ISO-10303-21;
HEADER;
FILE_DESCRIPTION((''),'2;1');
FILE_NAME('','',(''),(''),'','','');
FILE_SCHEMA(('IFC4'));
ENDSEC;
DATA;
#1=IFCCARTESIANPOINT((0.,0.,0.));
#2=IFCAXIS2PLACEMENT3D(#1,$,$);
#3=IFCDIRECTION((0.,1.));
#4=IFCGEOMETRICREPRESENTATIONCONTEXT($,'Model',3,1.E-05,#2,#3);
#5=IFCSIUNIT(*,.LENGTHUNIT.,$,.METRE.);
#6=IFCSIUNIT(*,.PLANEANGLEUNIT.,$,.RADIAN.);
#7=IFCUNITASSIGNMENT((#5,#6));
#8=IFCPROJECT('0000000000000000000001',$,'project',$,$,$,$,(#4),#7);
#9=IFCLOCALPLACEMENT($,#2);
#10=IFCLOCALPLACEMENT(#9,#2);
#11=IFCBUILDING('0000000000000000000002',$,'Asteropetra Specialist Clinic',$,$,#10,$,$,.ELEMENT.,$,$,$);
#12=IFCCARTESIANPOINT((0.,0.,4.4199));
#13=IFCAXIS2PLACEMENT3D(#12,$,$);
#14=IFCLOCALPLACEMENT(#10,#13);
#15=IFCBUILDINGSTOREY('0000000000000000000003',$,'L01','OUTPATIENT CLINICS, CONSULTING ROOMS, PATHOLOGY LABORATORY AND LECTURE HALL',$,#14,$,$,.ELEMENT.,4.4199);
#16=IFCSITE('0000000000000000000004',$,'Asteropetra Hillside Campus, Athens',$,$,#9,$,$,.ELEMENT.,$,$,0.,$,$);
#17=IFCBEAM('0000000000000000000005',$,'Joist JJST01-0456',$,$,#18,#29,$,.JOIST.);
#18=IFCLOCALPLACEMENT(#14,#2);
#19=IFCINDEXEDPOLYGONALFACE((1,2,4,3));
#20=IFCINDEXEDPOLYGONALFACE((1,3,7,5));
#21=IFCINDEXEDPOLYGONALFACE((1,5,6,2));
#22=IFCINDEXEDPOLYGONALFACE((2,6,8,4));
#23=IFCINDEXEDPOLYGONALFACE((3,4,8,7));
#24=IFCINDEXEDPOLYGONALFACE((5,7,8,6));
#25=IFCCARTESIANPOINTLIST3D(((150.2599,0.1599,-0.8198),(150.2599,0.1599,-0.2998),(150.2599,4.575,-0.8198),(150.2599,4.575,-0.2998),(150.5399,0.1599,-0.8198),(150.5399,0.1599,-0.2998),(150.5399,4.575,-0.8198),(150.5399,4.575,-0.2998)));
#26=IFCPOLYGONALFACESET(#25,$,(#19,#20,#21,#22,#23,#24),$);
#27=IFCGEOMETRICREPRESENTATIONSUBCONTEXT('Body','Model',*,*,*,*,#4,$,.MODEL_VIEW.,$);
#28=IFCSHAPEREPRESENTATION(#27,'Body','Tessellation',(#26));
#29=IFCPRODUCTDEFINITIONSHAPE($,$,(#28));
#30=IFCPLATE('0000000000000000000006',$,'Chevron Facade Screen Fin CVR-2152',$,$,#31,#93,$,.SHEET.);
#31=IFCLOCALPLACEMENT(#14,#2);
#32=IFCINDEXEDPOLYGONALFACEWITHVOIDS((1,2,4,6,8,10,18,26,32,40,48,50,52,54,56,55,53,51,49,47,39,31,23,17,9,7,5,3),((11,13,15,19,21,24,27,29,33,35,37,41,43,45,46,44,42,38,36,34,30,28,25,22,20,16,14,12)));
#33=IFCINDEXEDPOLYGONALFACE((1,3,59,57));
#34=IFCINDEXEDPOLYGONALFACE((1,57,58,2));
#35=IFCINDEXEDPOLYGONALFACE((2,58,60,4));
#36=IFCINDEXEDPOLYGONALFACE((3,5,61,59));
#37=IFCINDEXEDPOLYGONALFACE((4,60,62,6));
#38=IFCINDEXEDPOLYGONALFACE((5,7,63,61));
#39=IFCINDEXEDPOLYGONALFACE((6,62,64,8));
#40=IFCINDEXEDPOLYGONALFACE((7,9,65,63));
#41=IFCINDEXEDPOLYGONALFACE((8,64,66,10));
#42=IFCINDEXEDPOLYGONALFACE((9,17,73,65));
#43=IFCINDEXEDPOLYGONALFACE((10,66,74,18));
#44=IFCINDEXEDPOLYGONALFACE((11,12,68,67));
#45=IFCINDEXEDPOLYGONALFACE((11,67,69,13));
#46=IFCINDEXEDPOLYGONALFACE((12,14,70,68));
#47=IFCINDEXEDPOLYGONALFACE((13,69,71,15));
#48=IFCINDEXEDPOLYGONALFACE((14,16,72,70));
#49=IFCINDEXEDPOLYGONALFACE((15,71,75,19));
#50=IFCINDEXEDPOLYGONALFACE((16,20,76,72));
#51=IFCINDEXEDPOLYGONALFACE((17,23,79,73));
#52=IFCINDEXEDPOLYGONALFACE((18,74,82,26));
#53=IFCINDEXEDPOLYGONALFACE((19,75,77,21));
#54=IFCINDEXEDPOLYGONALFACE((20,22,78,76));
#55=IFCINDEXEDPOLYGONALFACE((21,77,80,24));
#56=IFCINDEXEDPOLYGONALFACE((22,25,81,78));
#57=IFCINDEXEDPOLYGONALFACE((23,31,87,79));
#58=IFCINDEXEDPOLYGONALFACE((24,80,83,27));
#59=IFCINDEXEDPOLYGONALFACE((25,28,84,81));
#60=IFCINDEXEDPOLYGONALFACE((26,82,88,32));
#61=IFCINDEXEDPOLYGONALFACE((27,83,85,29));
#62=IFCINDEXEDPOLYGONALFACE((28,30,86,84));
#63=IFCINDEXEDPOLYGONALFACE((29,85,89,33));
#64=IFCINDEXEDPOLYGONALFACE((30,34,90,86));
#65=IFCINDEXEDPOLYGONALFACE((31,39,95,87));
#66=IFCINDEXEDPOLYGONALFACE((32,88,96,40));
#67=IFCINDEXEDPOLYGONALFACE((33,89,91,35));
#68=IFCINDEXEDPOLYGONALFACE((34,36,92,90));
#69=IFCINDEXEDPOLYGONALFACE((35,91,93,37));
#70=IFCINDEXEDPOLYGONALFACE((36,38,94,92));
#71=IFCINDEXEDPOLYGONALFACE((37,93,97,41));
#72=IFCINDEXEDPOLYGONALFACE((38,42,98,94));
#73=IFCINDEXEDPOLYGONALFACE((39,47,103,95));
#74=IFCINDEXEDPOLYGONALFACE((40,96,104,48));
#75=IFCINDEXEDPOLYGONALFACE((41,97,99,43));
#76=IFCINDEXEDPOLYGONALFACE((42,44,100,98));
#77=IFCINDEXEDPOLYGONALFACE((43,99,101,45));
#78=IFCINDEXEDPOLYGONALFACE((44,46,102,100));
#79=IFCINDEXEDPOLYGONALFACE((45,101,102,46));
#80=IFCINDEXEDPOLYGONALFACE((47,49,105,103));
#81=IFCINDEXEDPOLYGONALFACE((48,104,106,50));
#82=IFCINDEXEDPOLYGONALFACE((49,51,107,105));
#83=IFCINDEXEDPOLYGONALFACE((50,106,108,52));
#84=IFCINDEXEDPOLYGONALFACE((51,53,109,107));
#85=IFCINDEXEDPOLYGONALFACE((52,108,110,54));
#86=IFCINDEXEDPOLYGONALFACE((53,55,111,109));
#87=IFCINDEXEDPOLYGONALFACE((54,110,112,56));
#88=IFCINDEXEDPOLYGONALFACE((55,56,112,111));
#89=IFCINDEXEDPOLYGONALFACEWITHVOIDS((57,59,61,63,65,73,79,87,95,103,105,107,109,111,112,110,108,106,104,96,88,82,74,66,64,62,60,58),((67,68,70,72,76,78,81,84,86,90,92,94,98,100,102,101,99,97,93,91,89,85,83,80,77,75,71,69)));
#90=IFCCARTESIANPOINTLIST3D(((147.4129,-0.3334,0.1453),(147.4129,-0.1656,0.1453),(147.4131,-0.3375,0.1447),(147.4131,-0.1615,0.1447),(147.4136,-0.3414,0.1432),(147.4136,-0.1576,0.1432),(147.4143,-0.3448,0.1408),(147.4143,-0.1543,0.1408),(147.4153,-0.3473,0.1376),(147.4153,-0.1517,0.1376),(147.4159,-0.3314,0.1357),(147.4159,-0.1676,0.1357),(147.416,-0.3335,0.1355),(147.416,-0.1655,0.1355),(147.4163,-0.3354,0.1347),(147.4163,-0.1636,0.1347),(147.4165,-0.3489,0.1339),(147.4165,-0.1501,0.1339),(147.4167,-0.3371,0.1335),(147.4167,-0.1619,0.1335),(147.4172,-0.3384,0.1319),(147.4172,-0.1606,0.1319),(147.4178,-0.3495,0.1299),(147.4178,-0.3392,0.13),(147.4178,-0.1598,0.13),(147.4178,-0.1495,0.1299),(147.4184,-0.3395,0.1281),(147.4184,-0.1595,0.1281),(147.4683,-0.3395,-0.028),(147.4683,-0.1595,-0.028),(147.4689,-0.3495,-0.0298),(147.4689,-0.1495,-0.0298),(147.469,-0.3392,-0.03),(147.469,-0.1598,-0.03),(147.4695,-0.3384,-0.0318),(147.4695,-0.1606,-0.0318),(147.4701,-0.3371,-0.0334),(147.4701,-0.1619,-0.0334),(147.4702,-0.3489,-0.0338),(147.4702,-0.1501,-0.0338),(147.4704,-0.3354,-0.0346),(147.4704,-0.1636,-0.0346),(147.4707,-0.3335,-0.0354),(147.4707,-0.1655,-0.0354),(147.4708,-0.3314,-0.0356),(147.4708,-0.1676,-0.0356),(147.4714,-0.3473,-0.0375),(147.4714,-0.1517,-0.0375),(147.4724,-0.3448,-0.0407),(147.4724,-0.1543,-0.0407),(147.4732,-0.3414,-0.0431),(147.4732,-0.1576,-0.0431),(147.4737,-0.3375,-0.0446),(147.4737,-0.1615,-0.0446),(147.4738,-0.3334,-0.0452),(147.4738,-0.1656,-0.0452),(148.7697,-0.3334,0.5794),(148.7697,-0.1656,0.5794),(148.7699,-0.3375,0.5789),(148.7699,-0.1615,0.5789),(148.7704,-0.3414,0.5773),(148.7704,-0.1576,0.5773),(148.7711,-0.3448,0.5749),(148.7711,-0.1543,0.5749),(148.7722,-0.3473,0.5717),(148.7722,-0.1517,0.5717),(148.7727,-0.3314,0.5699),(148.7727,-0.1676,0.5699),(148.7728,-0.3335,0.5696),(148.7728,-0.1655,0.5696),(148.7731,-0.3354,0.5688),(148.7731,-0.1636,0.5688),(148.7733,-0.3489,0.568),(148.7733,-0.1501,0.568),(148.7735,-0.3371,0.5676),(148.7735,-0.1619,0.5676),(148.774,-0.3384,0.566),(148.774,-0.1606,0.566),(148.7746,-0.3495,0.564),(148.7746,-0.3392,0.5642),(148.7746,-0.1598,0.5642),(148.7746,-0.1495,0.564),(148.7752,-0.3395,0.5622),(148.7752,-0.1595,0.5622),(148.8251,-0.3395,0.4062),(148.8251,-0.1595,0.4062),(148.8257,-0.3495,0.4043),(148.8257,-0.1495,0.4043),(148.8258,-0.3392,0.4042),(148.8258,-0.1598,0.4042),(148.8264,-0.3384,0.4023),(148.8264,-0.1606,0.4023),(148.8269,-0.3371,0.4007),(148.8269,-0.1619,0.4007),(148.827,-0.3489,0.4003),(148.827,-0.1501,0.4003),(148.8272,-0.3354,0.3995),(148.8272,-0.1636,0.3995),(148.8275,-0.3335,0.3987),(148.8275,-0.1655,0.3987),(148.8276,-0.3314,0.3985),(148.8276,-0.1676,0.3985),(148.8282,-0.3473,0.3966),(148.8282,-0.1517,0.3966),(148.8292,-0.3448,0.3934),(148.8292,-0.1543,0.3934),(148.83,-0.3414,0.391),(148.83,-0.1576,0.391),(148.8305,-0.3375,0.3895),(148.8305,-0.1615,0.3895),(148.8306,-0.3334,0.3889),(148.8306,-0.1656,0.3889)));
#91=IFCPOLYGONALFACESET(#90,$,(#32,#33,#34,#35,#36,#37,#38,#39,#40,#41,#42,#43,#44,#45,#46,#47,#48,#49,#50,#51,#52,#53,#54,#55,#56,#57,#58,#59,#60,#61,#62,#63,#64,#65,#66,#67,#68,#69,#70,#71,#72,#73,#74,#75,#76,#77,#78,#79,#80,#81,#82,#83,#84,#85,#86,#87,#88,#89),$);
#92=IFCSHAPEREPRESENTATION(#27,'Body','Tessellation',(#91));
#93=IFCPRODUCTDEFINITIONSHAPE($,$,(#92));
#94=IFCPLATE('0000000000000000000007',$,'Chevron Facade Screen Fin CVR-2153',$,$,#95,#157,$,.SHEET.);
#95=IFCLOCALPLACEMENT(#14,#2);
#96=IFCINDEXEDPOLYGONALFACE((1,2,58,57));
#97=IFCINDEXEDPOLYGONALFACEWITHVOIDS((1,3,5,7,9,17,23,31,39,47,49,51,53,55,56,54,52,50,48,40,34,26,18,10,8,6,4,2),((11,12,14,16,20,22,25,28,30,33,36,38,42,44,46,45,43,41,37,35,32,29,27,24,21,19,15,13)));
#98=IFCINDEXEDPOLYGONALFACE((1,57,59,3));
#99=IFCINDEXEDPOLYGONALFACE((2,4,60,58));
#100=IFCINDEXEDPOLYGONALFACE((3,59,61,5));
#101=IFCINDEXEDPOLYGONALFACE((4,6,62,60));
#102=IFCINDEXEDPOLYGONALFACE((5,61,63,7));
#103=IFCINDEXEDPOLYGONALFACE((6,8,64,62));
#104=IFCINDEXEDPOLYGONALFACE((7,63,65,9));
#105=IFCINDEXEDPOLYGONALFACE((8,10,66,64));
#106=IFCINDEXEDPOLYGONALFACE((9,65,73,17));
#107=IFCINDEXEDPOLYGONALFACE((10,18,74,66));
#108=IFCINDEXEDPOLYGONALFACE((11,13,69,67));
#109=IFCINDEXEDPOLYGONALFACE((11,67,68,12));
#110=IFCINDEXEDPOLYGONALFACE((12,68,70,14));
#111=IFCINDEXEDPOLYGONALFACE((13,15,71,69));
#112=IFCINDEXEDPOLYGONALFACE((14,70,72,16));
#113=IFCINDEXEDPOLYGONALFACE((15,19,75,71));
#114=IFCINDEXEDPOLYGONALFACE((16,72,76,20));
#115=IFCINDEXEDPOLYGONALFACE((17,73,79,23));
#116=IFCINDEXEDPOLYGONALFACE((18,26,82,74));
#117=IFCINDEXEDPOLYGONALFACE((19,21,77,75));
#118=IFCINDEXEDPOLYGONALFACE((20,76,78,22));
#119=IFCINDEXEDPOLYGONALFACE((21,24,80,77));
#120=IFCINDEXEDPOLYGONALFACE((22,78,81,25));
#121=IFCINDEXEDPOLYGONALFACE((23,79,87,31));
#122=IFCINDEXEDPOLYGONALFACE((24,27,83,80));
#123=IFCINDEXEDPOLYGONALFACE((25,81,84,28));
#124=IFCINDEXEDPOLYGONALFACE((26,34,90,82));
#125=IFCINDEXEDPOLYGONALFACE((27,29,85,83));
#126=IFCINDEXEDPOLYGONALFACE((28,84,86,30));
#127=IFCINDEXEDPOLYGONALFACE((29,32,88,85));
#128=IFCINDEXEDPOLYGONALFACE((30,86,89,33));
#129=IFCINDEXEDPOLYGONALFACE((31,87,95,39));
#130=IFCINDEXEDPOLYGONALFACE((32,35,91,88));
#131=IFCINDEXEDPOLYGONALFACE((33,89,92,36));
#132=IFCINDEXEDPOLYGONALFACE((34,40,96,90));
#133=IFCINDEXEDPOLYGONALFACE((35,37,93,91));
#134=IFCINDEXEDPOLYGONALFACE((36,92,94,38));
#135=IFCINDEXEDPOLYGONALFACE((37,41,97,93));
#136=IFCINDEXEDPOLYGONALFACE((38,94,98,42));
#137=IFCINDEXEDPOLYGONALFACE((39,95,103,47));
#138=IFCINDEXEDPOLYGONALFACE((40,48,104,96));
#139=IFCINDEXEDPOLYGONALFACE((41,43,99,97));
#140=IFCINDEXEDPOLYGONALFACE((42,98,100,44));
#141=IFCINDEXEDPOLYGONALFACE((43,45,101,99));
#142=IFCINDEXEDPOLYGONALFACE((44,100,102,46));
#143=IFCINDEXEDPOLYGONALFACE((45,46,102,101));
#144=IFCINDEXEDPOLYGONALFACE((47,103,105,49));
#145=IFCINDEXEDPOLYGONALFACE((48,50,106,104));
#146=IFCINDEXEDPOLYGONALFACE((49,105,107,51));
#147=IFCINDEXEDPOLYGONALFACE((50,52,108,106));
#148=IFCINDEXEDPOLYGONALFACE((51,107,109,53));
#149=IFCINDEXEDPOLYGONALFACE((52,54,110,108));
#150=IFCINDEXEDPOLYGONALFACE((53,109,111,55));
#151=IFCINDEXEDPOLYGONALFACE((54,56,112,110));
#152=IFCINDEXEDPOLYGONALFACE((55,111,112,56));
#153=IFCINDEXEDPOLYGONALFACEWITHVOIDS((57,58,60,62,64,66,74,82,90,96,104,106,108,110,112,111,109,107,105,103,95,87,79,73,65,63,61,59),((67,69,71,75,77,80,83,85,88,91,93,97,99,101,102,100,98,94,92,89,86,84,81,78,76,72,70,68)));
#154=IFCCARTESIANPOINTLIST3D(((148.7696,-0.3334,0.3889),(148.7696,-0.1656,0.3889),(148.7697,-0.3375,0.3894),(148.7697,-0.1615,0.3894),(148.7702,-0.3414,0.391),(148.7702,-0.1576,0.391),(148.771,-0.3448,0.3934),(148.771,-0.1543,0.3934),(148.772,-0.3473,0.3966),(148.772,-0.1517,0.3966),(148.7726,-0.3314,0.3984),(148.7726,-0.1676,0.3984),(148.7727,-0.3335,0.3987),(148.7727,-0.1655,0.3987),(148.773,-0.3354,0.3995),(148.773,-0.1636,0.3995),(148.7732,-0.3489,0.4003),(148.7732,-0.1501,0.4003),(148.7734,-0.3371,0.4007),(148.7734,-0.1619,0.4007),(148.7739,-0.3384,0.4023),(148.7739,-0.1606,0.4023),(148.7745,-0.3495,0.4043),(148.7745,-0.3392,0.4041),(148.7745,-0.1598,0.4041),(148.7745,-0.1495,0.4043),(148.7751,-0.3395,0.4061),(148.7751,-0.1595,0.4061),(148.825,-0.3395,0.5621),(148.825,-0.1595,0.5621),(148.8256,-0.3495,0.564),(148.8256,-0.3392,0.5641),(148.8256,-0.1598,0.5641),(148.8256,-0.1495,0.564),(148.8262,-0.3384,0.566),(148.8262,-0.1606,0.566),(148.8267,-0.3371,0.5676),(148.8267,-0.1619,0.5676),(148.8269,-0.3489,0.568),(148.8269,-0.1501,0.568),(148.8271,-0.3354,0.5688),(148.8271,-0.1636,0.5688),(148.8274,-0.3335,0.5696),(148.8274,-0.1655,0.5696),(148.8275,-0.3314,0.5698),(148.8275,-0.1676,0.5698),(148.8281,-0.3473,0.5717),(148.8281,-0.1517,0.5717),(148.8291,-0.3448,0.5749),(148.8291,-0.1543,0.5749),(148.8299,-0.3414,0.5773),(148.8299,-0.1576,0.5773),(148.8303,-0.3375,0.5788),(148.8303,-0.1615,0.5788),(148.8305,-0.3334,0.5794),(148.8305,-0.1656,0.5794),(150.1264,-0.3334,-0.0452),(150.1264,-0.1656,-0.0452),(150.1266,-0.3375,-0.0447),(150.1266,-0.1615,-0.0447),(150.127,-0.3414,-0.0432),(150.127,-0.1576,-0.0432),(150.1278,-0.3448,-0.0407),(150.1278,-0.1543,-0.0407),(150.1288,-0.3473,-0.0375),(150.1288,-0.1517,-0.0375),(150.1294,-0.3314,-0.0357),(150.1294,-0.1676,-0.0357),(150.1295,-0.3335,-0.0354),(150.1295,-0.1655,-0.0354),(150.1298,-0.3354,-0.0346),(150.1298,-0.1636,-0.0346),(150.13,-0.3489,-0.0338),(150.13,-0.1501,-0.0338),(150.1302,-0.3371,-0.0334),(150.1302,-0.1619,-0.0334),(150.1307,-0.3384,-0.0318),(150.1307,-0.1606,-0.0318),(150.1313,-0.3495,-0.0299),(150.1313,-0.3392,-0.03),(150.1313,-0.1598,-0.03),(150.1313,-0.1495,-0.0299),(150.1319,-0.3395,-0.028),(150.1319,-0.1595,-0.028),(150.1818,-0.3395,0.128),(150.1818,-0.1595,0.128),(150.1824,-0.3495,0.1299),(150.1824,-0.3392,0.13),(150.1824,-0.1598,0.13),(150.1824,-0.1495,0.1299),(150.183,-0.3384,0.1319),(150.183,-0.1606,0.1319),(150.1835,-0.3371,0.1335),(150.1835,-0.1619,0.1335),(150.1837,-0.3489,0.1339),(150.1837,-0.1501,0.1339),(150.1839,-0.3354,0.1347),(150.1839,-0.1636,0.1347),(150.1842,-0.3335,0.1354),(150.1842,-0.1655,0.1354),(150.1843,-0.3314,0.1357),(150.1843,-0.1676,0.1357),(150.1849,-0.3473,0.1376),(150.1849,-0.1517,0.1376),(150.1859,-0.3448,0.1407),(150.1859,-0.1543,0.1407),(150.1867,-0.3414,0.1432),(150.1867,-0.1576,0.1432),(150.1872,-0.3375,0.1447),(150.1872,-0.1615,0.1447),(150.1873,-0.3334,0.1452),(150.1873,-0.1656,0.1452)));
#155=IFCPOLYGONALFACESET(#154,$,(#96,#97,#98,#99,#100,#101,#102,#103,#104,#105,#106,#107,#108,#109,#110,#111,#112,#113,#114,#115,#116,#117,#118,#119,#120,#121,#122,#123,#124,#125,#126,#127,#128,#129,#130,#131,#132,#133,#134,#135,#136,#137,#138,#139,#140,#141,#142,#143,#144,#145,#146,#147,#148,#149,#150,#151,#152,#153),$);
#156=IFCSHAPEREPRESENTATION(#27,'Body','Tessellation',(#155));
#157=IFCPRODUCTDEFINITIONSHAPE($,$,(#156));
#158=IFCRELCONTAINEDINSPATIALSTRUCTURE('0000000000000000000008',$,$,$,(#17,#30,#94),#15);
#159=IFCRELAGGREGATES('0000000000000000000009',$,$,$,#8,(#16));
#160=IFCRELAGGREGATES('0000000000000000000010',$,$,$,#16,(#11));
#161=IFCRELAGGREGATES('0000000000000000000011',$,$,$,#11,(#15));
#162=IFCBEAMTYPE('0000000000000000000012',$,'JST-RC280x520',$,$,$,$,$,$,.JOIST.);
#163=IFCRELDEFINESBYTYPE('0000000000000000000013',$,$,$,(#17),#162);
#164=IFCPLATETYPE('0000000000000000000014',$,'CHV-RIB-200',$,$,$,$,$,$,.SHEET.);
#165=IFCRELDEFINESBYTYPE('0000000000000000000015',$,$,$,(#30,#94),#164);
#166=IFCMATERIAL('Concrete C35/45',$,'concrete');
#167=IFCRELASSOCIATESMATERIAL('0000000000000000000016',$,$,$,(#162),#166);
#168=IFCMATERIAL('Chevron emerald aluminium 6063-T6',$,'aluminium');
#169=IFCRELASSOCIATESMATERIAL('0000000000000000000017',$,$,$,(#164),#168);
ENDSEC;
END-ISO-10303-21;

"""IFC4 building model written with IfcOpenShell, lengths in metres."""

from ifc_helpers import new_model, si_unit, direction, frame, origin, origin_2d, place, context, subcontext, project, spatial, rectangle, hollow_rectangle, extrude, material, material_profile, profile_set, type_object, element, save


model = new_model("IFC4")

# Units and contexts
model_context = context("Model", 3, precision=1e-05, world=origin(), true_north=direction((0.0, 1.0)))
body_context = subcontext(model_context, "Body", "Model", "MODEL_VIEW")
ifc_project = project(units=[si_unit("LENGTHUNIT", "METRE"), si_unit("PLANEANGLEUNIT", "RADIAN")], contexts=[model_context])

# Site, building, storey
site_placement = place(None, origin())
site = spatial("IfcSite", under=ifc_project, at=site_placement, Name="Asteropetra Hillside Campus, Athens", CompositionType="ELEMENT", RefElevation=0.0)
building_placement = place(site_placement, origin())
building = spatial("IfcBuilding", under=site, at=building_placement, Name="Asteropetra Specialist Clinic", CompositionType="ELEMENT")
storey_placement = place(building_placement, frame((0.0, 0.0, 4.4199)))
storey = spatial("IfcBuildingStorey", under=building, at=storey_placement, Name="L01", Description="OUTPATIENT CLINICS, CONSULTING ROOMS, PATHOLOGY LABORATORY AND LECTURE HALL", CompositionType="ELEMENT", Elevation=4.4199)

# Beam
ifc_material_1 = material(Name="Concrete C35/45", Category="concrete")
ifc_material_profile_1 = material_profile(ifc_material_1, rectangle(XDim=0.28, YDim=0.52, at=origin_2d()), Name="RCJ 280x520")
ifc_profile_set_1 = profile_set([ifc_material_profile_1], Name="Concrete C35/45")
beam_type = type_object("IfcBeamType", Name="JST-RC280x520", PredefinedType="JOIST", material=ifc_profile_set_1)
beam_placement = place(storey_placement, frame((150.3999, 0.1599, -0.5598), z_axis=(0.0, 1.0, 0.0), x_axis=(-1.0, 0.0, 0.0)))
element("IfcBeam", 1, at=beam_placement, inside=storey, type_object=beam_type, Name="Joist JJST01-0456", PredefinedType="JOIST", context=body_context, shape_type="SweptSolid", body=[
    extrude(rectangle(XDim=0.28, YDim=0.52, at=origin_2d()), origin(), (0.0, 0.0, 1.0), 4.415),
])

# Plates
ifc_material_2 = material(Name="Chevron emerald aluminium 6063-T6", Category="aluminium")
ifc_material_profile_2 = material_profile(ifc_material_2, hollow_rectangle(XDim=0.2, YDim=0.2, WallThickness=0.01, InnerFilletRadius=0.0081, OuterFilletRadius=0.0161, at=origin_2d()), Name="SHS 200x200x10.0")
ifc_profile_set_2 = profile_set([ifc_material_profile_2], Name="Chevron emerald aluminium 6063-T6")
plate_type = type_object("IfcPlateType", Name="CHV-RIB-200", PredefinedType="SHEET", material=ifc_profile_set_2)
for number, where, z_axis, x_axis, name in (
    (2, (147.4434, -0.2495, 0.05), (0.952436, 0.0, 0.304738), (0.0, 1.0, 0.0), "Chevron Facade Screen Fin CVR-2152"),
    (3, (148.8, -0.2495, 0.4841), (0.952436, 0.0, -0.304738), (0.0, 1.0, 0.0), "Chevron Facade Screen Fin CVR-2153"),
):
    element("IfcPlate", number, at=place(storey_placement, frame(where, z_axis=z_axis, x_axis=x_axis)), inside=storey, type_object=plate_type, Name=name, PredefinedType="SHEET", context=body_context, shape_type="SweptSolid", body=[
        extrude(hollow_rectangle(XDim=0.2, YDim=0.2, WallThickness=0.01, InnerFilletRadius=0.0081, OuterFilletRadius=0.0161, at=origin_2d()), origin(), (0.0, 0.0, 1.0), 1.4246),
    ])

save(model, "model.ifc")
